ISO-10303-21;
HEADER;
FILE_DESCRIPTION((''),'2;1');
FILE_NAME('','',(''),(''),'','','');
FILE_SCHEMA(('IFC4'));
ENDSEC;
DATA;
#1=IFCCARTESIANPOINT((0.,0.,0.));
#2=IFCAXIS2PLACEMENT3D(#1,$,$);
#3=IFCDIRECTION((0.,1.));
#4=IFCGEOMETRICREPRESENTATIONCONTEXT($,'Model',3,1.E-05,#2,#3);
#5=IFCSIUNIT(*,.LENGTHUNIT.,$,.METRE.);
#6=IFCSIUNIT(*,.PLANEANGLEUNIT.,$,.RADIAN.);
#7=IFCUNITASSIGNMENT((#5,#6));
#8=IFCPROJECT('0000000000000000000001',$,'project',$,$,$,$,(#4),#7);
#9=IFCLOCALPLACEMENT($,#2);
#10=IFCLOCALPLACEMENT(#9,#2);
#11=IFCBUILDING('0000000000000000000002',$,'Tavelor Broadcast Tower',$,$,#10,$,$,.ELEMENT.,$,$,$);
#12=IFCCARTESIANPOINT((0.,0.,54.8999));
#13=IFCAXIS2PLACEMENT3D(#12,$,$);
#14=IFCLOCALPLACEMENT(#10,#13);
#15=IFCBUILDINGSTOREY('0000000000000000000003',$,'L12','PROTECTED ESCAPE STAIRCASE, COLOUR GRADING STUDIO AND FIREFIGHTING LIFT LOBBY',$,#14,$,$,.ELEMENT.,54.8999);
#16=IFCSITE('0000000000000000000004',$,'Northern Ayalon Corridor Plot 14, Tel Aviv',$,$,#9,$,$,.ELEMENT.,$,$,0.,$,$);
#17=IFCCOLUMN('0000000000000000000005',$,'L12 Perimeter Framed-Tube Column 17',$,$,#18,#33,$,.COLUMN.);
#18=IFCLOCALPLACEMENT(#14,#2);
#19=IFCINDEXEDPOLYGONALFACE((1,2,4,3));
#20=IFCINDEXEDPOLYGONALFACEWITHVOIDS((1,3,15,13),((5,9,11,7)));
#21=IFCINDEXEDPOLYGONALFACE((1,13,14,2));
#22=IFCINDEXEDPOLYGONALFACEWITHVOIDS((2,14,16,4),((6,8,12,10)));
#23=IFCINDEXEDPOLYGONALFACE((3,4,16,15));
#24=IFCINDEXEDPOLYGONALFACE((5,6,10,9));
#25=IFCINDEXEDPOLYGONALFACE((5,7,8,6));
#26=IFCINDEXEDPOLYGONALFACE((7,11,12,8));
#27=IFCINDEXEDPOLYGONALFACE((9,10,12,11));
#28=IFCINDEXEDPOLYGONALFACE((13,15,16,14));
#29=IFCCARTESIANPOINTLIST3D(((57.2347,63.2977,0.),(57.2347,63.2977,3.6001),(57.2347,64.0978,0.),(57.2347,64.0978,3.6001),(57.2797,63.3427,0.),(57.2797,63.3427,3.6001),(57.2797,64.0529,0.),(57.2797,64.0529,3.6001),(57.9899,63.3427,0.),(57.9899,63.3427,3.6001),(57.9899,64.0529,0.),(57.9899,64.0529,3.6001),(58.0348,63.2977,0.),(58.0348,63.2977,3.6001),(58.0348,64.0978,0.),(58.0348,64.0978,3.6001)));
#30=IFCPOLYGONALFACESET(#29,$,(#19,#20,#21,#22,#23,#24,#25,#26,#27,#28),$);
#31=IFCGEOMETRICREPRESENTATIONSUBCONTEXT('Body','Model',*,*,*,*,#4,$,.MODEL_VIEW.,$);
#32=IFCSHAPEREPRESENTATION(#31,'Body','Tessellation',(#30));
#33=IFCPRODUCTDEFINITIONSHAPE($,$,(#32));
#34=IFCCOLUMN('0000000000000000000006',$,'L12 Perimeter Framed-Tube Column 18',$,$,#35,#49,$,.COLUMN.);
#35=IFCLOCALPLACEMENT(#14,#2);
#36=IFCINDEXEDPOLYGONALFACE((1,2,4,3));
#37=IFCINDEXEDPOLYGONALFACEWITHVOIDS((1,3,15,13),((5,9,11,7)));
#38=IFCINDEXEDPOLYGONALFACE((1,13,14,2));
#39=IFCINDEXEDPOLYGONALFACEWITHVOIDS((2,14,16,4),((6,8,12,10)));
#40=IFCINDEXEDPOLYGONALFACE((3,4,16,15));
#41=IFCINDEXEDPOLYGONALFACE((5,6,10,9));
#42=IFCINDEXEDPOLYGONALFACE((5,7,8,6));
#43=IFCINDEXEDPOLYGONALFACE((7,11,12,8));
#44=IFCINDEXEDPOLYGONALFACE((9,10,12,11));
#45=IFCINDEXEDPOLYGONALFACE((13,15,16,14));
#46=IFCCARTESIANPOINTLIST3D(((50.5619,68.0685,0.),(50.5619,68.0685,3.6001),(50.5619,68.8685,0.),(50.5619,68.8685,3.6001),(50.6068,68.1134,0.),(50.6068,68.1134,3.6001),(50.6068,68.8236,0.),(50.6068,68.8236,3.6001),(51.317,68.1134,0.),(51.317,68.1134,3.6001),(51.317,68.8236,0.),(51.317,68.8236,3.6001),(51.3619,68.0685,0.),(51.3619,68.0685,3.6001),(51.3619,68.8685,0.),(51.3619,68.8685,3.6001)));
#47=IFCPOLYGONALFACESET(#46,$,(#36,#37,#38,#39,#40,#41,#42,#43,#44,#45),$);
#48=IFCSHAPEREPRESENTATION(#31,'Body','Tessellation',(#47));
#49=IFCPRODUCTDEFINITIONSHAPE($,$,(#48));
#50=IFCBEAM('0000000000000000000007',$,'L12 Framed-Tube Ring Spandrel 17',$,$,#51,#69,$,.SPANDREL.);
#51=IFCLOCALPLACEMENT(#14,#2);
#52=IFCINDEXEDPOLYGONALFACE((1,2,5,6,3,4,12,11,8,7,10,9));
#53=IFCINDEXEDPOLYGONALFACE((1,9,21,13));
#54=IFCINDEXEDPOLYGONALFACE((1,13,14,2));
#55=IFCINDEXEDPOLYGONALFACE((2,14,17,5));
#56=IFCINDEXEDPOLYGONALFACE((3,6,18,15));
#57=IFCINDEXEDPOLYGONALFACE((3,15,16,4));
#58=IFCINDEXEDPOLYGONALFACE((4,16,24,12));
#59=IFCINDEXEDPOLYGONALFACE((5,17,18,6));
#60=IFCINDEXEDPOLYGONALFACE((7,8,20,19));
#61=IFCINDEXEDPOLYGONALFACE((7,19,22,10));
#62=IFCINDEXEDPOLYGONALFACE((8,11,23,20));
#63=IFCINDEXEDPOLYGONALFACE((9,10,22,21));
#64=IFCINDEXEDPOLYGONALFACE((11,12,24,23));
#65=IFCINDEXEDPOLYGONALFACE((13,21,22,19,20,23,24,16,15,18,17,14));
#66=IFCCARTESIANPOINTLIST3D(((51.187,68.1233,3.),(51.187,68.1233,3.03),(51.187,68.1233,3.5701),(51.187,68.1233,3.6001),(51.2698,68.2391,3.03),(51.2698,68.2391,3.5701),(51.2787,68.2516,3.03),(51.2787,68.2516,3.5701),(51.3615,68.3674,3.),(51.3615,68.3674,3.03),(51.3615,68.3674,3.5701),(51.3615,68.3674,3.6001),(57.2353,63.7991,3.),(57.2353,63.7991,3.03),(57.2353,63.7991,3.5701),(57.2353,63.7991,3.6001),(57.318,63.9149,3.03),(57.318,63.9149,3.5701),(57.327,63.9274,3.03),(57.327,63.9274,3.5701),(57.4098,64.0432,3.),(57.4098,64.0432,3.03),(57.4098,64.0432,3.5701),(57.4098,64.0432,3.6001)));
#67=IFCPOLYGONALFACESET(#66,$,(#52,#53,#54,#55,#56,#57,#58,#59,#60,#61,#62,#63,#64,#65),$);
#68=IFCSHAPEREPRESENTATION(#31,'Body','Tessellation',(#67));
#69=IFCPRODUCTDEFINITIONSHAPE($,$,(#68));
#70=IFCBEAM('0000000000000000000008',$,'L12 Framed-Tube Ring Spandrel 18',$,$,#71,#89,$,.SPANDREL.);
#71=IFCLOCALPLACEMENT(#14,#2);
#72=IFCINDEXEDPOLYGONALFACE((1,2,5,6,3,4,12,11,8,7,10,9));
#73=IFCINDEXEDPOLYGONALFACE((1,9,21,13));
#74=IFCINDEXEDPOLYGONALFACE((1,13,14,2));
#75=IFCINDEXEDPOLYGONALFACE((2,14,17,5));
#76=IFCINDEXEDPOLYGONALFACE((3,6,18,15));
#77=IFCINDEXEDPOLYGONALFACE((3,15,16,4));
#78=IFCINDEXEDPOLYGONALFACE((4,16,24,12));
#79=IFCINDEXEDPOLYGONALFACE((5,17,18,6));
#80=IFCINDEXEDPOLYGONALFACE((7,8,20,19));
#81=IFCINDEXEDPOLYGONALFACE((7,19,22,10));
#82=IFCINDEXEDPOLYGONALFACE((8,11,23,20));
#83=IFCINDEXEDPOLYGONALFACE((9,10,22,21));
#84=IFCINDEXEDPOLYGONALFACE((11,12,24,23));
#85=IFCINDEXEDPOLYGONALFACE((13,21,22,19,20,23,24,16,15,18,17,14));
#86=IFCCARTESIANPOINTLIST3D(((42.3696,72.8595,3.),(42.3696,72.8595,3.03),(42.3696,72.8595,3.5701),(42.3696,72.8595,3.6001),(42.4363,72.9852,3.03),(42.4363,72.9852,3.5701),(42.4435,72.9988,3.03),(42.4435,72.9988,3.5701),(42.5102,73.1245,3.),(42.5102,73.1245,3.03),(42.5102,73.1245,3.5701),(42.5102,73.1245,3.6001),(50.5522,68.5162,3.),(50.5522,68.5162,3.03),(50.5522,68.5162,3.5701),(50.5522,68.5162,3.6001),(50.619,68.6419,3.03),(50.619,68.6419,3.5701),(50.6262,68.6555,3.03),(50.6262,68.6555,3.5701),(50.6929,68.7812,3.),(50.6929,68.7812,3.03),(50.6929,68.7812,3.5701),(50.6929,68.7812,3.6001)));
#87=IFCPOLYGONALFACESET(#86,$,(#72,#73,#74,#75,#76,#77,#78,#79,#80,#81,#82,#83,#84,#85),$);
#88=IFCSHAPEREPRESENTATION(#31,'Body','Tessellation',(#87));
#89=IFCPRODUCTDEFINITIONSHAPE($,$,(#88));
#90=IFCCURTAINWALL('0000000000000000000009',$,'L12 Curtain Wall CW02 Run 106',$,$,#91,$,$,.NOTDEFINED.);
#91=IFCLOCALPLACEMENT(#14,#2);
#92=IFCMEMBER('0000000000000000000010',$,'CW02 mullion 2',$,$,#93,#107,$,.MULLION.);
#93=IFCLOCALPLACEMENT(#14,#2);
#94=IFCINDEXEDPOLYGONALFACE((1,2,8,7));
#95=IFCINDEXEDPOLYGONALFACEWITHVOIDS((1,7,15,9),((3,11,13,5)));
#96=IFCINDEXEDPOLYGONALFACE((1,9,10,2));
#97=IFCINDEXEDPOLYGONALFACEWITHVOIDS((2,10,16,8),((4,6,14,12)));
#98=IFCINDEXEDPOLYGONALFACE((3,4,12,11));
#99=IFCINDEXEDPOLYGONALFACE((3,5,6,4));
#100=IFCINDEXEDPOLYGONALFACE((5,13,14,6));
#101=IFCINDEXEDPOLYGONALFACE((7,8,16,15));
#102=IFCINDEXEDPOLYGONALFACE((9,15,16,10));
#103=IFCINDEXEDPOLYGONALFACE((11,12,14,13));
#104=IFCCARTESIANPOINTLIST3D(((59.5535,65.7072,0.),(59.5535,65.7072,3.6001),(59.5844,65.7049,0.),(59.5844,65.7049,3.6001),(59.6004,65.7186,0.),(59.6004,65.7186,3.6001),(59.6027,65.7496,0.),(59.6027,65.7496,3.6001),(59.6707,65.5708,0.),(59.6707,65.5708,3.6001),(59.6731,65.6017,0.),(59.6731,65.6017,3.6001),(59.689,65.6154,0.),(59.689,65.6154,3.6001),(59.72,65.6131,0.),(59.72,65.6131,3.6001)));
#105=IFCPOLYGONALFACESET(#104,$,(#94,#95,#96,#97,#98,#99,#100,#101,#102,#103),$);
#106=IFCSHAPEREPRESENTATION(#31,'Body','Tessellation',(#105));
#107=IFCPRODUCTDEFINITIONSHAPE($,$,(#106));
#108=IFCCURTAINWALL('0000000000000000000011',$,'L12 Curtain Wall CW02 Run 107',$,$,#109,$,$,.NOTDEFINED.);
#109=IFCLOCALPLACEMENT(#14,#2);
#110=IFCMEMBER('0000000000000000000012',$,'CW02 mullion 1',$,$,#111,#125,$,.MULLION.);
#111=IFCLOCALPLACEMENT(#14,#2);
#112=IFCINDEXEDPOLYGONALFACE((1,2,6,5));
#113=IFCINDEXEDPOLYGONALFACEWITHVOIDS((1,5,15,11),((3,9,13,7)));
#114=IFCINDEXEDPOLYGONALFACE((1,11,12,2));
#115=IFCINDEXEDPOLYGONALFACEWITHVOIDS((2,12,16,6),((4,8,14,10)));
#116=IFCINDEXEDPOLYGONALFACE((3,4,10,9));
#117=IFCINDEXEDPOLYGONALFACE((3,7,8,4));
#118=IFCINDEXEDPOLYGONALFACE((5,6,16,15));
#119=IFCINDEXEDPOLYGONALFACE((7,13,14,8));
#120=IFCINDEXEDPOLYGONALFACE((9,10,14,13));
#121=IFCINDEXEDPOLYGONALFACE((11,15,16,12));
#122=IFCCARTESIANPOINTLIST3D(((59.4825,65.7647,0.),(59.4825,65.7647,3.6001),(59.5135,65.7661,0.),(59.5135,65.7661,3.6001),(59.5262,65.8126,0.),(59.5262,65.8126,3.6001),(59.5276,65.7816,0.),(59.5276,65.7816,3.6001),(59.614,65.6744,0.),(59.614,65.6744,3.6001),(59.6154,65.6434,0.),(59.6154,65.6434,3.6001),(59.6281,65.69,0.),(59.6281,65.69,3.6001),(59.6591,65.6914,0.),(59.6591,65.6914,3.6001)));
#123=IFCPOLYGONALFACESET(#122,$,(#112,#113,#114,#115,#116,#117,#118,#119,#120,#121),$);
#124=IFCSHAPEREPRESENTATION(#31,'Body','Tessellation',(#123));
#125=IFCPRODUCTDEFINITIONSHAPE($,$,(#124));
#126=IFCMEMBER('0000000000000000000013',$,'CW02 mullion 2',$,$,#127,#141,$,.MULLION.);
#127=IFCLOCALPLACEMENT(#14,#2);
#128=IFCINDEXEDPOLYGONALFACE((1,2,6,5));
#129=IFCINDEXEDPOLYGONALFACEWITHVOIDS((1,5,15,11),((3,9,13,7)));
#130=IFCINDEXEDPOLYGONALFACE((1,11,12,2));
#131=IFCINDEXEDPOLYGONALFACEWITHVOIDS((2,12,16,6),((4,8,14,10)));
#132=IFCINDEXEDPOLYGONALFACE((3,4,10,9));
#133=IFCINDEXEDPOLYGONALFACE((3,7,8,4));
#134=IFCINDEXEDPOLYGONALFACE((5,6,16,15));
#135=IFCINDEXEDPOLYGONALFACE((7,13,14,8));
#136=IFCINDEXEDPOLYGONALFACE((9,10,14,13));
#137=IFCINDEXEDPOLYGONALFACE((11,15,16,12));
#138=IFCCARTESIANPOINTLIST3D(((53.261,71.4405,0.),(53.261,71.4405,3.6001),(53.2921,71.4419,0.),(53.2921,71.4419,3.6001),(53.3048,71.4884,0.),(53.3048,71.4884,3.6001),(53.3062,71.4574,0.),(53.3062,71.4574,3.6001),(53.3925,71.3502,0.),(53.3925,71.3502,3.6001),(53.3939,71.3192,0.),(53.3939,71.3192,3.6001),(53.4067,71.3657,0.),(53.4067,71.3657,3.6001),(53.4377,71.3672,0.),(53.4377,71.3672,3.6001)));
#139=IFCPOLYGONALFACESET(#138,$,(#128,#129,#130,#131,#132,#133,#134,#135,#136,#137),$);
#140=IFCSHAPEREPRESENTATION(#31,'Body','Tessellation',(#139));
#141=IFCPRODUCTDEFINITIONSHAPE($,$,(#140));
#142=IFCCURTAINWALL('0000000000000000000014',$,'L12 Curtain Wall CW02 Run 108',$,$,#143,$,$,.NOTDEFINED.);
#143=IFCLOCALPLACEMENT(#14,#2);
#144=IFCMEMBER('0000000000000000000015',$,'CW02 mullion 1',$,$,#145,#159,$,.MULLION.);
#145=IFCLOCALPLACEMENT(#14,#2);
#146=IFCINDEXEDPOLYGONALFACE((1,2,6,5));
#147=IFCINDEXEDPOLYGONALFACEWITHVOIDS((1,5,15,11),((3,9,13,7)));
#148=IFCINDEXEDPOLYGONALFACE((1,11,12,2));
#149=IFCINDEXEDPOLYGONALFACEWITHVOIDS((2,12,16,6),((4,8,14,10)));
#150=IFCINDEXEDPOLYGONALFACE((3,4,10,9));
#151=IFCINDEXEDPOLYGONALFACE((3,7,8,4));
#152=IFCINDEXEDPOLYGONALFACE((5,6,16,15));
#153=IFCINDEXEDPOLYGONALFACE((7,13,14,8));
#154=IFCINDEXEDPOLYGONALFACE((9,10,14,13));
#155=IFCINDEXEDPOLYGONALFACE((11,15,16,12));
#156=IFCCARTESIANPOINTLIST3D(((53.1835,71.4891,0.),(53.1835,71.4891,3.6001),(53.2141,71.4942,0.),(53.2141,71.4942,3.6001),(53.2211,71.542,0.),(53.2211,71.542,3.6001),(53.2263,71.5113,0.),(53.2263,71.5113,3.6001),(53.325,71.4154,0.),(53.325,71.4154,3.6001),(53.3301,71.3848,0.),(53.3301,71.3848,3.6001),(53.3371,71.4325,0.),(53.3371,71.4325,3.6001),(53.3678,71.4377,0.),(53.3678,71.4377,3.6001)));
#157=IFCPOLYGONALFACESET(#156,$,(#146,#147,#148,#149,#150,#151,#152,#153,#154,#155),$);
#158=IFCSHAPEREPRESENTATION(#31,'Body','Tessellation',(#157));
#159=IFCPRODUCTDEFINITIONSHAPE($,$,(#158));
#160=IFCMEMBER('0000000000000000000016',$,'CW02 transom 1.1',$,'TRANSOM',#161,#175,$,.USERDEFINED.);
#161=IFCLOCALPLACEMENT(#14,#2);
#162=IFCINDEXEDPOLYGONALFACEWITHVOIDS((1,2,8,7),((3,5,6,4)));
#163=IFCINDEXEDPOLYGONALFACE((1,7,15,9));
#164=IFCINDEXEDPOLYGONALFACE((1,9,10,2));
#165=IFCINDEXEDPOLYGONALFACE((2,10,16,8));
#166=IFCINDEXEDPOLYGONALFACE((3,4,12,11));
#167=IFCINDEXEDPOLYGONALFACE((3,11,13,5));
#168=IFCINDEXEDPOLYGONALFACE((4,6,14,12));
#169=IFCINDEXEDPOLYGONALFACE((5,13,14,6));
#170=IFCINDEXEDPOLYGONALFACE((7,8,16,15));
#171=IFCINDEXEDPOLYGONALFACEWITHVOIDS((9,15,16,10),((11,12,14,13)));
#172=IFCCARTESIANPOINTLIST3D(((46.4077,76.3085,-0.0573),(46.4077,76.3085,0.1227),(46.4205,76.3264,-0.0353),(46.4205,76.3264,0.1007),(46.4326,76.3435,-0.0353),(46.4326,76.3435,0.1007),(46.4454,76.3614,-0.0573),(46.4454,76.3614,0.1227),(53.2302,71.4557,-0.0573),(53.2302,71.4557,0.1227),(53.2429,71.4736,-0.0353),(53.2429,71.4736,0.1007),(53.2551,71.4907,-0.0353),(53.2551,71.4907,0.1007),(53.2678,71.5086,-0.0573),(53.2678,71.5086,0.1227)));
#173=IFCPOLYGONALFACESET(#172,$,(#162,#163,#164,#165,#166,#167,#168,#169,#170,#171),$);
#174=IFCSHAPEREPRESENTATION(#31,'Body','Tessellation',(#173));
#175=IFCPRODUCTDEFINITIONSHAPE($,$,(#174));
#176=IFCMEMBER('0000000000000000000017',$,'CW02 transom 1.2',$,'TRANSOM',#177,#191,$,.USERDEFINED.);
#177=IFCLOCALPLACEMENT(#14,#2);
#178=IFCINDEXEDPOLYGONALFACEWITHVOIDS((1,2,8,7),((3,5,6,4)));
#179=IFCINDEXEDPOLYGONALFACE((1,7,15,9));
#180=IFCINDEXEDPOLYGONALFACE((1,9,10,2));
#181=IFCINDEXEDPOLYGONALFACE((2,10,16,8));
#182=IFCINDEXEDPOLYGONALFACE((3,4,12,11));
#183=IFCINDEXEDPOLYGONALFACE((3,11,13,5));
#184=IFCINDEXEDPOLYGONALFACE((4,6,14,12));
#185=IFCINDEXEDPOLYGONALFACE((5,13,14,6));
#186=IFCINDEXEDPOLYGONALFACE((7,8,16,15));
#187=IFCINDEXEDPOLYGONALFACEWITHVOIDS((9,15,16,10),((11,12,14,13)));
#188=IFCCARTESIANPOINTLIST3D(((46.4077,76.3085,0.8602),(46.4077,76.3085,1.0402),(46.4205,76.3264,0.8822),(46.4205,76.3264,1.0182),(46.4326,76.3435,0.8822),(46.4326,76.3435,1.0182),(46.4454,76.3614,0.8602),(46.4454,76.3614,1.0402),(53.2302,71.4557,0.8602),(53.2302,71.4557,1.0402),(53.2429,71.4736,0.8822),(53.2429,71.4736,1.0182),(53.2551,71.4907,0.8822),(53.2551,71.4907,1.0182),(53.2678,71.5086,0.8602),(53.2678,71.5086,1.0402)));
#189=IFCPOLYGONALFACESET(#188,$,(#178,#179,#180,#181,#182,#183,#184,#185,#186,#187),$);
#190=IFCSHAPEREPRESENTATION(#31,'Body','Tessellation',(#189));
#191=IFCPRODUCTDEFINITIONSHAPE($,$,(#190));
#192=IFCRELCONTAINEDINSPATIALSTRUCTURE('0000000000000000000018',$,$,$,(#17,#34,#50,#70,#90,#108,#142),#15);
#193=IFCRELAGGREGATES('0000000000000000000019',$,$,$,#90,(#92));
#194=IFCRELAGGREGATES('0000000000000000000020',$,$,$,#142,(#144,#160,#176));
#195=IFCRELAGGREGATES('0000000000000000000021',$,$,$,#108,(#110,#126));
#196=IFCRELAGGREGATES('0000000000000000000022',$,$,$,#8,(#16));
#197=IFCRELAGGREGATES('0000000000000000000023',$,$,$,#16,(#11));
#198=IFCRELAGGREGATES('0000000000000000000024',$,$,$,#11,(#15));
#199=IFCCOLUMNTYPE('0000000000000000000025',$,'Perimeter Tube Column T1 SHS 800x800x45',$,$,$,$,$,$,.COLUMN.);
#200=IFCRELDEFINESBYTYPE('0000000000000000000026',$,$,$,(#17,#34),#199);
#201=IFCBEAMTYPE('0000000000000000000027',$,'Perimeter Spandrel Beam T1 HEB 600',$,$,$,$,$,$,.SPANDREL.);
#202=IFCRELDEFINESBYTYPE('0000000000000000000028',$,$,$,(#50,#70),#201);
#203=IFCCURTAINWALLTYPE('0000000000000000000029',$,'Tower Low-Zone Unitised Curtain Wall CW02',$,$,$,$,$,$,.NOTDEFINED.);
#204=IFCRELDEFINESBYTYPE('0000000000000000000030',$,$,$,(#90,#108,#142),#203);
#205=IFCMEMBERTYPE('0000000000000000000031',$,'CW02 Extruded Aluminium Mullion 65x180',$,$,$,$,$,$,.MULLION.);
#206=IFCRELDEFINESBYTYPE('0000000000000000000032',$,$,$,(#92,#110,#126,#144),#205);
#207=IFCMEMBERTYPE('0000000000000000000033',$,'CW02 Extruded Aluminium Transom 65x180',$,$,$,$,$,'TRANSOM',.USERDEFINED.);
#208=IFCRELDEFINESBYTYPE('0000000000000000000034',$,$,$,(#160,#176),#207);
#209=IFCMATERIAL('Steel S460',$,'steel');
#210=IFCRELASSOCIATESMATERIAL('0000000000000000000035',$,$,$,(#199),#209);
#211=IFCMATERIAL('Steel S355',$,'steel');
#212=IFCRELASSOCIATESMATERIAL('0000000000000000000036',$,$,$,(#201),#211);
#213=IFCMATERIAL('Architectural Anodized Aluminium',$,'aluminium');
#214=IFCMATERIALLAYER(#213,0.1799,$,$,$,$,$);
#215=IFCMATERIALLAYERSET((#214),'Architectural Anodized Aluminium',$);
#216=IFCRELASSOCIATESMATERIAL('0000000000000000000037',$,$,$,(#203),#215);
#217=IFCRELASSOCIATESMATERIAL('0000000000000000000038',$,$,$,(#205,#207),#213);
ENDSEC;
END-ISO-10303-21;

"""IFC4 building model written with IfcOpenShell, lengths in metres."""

from ifc_helpers import new_model, si_unit, direction, frame, origin, origin_2d, place, context, subcontext, project, spatial, hollow_rectangle, i_section, extrude, source, transform, mapped, material, layer, layer_set, material_profile, profile_set, type_object, type_shapes, element, aggregate, save


model = new_model("IFC4")

# Units and contexts
model_context = context("Model", 3, precision=1e-05, world=origin(), true_north=direction((0.0, 1.0)))
body_context = subcontext(model_context, "Body", "Model", "MODEL_VIEW")
ifc_project = project(units=[si_unit("LENGTHUNIT", "METRE"), si_unit("PLANEANGLEUNIT", "RADIAN")], contexts=[model_context])

# Site, building, storey
site_placement = place(None, origin())
site = spatial("IfcSite", under=ifc_project, at=site_placement, Name="Northern Ayalon Corridor Plot 14, Tel Aviv", CompositionType="ELEMENT", RefElevation=0.0)
building_placement = place(site_placement, origin())
building = spatial("IfcBuilding", under=site, at=building_placement, Name="Tavelor Broadcast Tower", CompositionType="ELEMENT")
storey_placement = place(building_placement, frame((0.0, 0.0, 54.8999)))
storey = spatial("IfcBuildingStorey", under=building, at=storey_placement, Name="L12", Description="PROTECTED ESCAPE STAIRCASE, COLOUR GRADING STUDIO AND FIREFIGHTING LIFT LOBBY", CompositionType="ELEMENT", Elevation=54.8999)

# Columns
ifc_material_1 = material(Name="Steel S460", Category="steel")
ifc_material_profile_1 = material_profile(ifc_material_1, hollow_rectangle(XDim=0.8, YDim=0.8, WallThickness=0.0449, at=origin_2d()), Name="SHS 800x800x45")
ifc_profile_set_1 = profile_set([ifc_material_profile_1], Name="Steel S460")
column_type = type_object("IfcColumnType", Name="Perimeter Tube Column T1 SHS 800x800x45", PredefinedType="COLUMN", material=ifc_profile_set_1)
for number, where, z_axis, x_axis, name in (
    (1, (57.6348, 63.6978, 0.0), (0.0, 0.0, 1.0), (1.0, 0.0, 0.0), "L12 Perimeter Framed-Tube Column 17"),
    (2, (50.9619, 68.4685, 0.0), (0.0, 0.0, 1.0), (1.0, 0.0, 0.0), "L12 Perimeter Framed-Tube Column 18"),
):
    element("IfcColumn", number, at=place(storey_placement, frame(where, z_axis=z_axis, x_axis=x_axis)), inside=storey, type_object=column_type, Name=name, PredefinedType="COLUMN", context=body_context, shape_type="SweptSolid", body=[
        extrude(hollow_rectangle(XDim=0.8, YDim=0.8, WallThickness=0.0449, at=origin_2d()), origin(), (0.0, 0.0, 1.0), 3.6001),
    ])

# Beams
ifc_material_2 = material(Name="Steel S355", Category="steel")
ifc_material_profile_2 = material_profile(ifc_material_2, i_section(OverallWidth=0.3, OverallDepth=0.6001, WebThickness=0.0154, FlangeThickness=0.03, at=origin_2d()), Name="HEB 600")
ifc_profile_set_2 = profile_set([ifc_material_profile_2], Name="Steel S355")
beam_type = type_object("IfcBeamType", Name="Perimeter Spandrel Beam T1 HEB 600", PredefinedType="SPANDREL", material=ifc_profile_set_2)
beam_1_placement = place(storey_placement, frame((57.3225, 63.9211, 3.3), z_axis=(-0.81348, 0.581592, 0.0), x_axis=(-0.581592, -0.81348, 0.0)))
element("IfcBeam", 3, at=beam_1_placement, inside=storey, type_object=beam_type, Name="L12 Framed-Tube Ring Spandrel 17", PredefinedType="SPANDREL", context=body_context, shape_type="SweptSolid", body=[
    extrude(i_section(OverallWidth=0.3, OverallDepth=0.6001, WebThickness=0.0154, FlangeThickness=0.03, at=origin_2d()), origin(), (0.0, 0.0, 1.0), 7.4351),
])
beam_2_placement = place(storey_placement, frame((50.6226, 68.6487, 3.3), z_axis=(-0.883284, 0.468839, 0.0), x_axis=(-0.468839, -0.883284, 0.0)))
element("IfcBeam", 4, at=beam_2_placement, inside=storey, type_object=beam_type, Name="L12 Framed-Tube Ring Spandrel 18", PredefinedType="SPANDREL", context=body_context, shape_type="SweptSolid", body=[
    extrude(i_section(OverallWidth=0.3, OverallDepth=0.6001, WebThickness=0.0154, FlangeThickness=0.03, at=origin_2d()), origin(), (0.0, 0.0, 1.0), 9.2639),
])

# Curtain wall, member
ifc_material_3 = material(Name="Architectural Anodized Aluminium", Category="aluminium")
ifc_layer_1 = layer(ifc_material_3, 0.1799)
ifc_layer_set_1 = layer_set([ifc_layer_1], Name="Architectural Anodized Aluminium")
curtain_wall_type = type_object("IfcCurtainWallType", Name="Tower Low-Zone Unitised Curtain Wall CW02", PredefinedType="NOTDEFINED", material=ifc_layer_set_1)
curtain_wall_1_placement = place(storey_placement, origin())
curtain_wall_1 = element("IfcCurtainWall", 5, at=curtain_wall_1_placement, inside=storey, type_object=curtain_wall_type, Name="L12 Curtain Wall CW02 Run 106", PredefinedType="NOTDEFINED")
ifc_material_profile_3 = material_profile(ifc_material_3, hollow_rectangle(XDim=0.0649, YDim=0.1799, WallThickness=0.022, at=origin_2d()), Name="RHS 65x180x22")
ifc_profile_set_3 = profile_set([ifc_material_profile_3], Name="Architectural Anodized Aluminium")
member_type_1 = type_object("IfcMemberType", Name="CW02 Extruded Aluminium Mullion 65x180", PredefinedType="MULLION", material=ifc_profile_set_3)
shared_shape_1 = source(origin(), body_context, "Body", "SweptSolid", [
    extrude(hollow_rectangle(XDim=0.0649, YDim=0.1799, WallThickness=0.022, at=origin_2d()), origin(), (0.0, 0.0, 1.0), 3.6001),
])
type_shapes(member_type_1, [shared_shape_1])
member_1_placement = place(storey_placement, frame((59.6367, 65.6602, 0.0), z_axis=(0.0, 0.0, 1.0), x_axis=(-0.758408, -0.65178, 0.0)))
member_1 = element("IfcMember", 6, at=member_1_placement, type_object=member_type_1, Name="CW02 mullion 2", PredefinedType="MULLION", context=body_context, shape_type="MappedRepresentation", body=[
    mapped(shared_shape_1, transform((0.0, 0.0, 0.0), scale=1.0)),
])
aggregate(curtain_wall_1, [member_1])

# Curtain walls, members
curtain_wall_2_placement = place(storey_placement, origin())
curtain_wall_2 = element("IfcCurtainWall", 7, at=curtain_wall_2_placement, inside=storey, type_object=curtain_wall_type, Name="L12 Curtain Wall CW02 Run 107", PredefinedType="NOTDEFINED")
member_2_placement = place(storey_placement, frame((59.5708, 65.728, 0.0), z_axis=(0.0, 0.0, 1.0), x_axis=(-0.673965, -0.738763, 0.0)))
member_2 = element("IfcMember", 8, at=member_2_placement, type_object=member_type_1, Name="CW02 mullion 1", PredefinedType="MULLION", context=body_context, shape_type="MappedRepresentation", body=[
    mapped(shared_shape_1, transform((0.0, 0.0, 0.0), scale=1.0)),
])
member_3_placement = place(storey_placement, frame((53.3494, 71.4038, 0.0), z_axis=(0.0, 0.0, 1.0), x_axis=(-0.673965, -0.738763, 0.0)))
member_3 = element("IfcMember", 9, at=member_3_placement, type_object=member_type_1, Name="CW02 mullion 2", PredefinedType="MULLION", context=body_context, shape_type="MappedRepresentation", body=[
    mapped(shared_shape_1, transform((0.0, 0.0, 0.0), scale=1.0)),
])
curtain_wall_3_placement = place(storey_placement, origin())
curtain_wall_3 = element("IfcCurtainWall", 10, at=curtain_wall_3_placement, inside=storey, type_object=curtain_wall_type, Name="L12 Curtain Wall CW02 Run 108", PredefinedType="NOTDEFINED")
member_4_placement = place(storey_placement, frame((53.2756, 71.4634, 0.0), z_axis=(0.0, 0.0, 1.0), x_axis=(-0.579623, -0.814885, 0.0)))
member_4 = element("IfcMember", 11, at=member_4_placement, type_object=member_type_1, Name="CW02 mullion 1", PredefinedType="MULLION", context=body_context, shape_type="MappedRepresentation", body=[
    mapped(shared_shape_1, transform((0.0, 0.0, 0.0), scale=1.0)),
])
ifc_material_profile_4 = material_profile(ifc_material_3, hollow_rectangle(XDim=0.0649, YDim=0.1799, WallThickness=0.022, at=origin_2d()), Name="RHS 65x180x22")
ifc_profile_set_4 = profile_set([ifc_material_profile_4], Name="Architectural Anodized Aluminium")
member_type_2 = type_object("IfcMemberType", Name="CW02 Extruded Aluminium Transom 65x180", ElementType="TRANSOM", PredefinedType="USERDEFINED", material=ifc_profile_set_4)
shared_shape_2 = source(origin(), body_context, "Body", "SweptSolid", [
    extrude(hollow_rectangle(XDim=0.0649, YDim=0.1799, WallThickness=0.022, at=origin_2d()), origin(), (0.0, 0.0, 1.0), 8.3723),
])
member_5_placement = place(storey_placement, frame((53.249, 71.4822, 0.0327), z_axis=(-0.814886, 0.579621, 0.0), x_axis=(-0.579621, -0.814886, 0.0)))
member_5 = element("IfcMember", 12, at=member_5_placement, type_object=member_type_2, Name="CW02 transom 1.1", ObjectType="TRANSOM", PredefinedType="USERDEFINED", context=body_context, shape_type="MappedRepresentation", body=[
    mapped(shared_shape_2, transform((0.0, 0.0, 0.0), scale=1.0)),
])
member_6_placement = place(storey_placement, frame((53.249, 71.4822, 0.9502), z_axis=(-0.814886, 0.579621, 0.0), x_axis=(-0.579621, -0.814886, 0.0)))
member_6 = element("IfcMember", 13, at=member_6_placement, type_object=member_type_2, Name="CW02 transom 1.2", ObjectType="TRANSOM", PredefinedType="USERDEFINED", context=body_context, shape_type="MappedRepresentation", body=[
    mapped(shared_shape_2, transform((0.0, 0.0, 0.0), scale=1.0)),
])

aggregate(curtain_wall_3, [member_4, member_5, member_6])
aggregate(curtain_wall_2, [member_2, member_3])

save(model, "model.ifc")
